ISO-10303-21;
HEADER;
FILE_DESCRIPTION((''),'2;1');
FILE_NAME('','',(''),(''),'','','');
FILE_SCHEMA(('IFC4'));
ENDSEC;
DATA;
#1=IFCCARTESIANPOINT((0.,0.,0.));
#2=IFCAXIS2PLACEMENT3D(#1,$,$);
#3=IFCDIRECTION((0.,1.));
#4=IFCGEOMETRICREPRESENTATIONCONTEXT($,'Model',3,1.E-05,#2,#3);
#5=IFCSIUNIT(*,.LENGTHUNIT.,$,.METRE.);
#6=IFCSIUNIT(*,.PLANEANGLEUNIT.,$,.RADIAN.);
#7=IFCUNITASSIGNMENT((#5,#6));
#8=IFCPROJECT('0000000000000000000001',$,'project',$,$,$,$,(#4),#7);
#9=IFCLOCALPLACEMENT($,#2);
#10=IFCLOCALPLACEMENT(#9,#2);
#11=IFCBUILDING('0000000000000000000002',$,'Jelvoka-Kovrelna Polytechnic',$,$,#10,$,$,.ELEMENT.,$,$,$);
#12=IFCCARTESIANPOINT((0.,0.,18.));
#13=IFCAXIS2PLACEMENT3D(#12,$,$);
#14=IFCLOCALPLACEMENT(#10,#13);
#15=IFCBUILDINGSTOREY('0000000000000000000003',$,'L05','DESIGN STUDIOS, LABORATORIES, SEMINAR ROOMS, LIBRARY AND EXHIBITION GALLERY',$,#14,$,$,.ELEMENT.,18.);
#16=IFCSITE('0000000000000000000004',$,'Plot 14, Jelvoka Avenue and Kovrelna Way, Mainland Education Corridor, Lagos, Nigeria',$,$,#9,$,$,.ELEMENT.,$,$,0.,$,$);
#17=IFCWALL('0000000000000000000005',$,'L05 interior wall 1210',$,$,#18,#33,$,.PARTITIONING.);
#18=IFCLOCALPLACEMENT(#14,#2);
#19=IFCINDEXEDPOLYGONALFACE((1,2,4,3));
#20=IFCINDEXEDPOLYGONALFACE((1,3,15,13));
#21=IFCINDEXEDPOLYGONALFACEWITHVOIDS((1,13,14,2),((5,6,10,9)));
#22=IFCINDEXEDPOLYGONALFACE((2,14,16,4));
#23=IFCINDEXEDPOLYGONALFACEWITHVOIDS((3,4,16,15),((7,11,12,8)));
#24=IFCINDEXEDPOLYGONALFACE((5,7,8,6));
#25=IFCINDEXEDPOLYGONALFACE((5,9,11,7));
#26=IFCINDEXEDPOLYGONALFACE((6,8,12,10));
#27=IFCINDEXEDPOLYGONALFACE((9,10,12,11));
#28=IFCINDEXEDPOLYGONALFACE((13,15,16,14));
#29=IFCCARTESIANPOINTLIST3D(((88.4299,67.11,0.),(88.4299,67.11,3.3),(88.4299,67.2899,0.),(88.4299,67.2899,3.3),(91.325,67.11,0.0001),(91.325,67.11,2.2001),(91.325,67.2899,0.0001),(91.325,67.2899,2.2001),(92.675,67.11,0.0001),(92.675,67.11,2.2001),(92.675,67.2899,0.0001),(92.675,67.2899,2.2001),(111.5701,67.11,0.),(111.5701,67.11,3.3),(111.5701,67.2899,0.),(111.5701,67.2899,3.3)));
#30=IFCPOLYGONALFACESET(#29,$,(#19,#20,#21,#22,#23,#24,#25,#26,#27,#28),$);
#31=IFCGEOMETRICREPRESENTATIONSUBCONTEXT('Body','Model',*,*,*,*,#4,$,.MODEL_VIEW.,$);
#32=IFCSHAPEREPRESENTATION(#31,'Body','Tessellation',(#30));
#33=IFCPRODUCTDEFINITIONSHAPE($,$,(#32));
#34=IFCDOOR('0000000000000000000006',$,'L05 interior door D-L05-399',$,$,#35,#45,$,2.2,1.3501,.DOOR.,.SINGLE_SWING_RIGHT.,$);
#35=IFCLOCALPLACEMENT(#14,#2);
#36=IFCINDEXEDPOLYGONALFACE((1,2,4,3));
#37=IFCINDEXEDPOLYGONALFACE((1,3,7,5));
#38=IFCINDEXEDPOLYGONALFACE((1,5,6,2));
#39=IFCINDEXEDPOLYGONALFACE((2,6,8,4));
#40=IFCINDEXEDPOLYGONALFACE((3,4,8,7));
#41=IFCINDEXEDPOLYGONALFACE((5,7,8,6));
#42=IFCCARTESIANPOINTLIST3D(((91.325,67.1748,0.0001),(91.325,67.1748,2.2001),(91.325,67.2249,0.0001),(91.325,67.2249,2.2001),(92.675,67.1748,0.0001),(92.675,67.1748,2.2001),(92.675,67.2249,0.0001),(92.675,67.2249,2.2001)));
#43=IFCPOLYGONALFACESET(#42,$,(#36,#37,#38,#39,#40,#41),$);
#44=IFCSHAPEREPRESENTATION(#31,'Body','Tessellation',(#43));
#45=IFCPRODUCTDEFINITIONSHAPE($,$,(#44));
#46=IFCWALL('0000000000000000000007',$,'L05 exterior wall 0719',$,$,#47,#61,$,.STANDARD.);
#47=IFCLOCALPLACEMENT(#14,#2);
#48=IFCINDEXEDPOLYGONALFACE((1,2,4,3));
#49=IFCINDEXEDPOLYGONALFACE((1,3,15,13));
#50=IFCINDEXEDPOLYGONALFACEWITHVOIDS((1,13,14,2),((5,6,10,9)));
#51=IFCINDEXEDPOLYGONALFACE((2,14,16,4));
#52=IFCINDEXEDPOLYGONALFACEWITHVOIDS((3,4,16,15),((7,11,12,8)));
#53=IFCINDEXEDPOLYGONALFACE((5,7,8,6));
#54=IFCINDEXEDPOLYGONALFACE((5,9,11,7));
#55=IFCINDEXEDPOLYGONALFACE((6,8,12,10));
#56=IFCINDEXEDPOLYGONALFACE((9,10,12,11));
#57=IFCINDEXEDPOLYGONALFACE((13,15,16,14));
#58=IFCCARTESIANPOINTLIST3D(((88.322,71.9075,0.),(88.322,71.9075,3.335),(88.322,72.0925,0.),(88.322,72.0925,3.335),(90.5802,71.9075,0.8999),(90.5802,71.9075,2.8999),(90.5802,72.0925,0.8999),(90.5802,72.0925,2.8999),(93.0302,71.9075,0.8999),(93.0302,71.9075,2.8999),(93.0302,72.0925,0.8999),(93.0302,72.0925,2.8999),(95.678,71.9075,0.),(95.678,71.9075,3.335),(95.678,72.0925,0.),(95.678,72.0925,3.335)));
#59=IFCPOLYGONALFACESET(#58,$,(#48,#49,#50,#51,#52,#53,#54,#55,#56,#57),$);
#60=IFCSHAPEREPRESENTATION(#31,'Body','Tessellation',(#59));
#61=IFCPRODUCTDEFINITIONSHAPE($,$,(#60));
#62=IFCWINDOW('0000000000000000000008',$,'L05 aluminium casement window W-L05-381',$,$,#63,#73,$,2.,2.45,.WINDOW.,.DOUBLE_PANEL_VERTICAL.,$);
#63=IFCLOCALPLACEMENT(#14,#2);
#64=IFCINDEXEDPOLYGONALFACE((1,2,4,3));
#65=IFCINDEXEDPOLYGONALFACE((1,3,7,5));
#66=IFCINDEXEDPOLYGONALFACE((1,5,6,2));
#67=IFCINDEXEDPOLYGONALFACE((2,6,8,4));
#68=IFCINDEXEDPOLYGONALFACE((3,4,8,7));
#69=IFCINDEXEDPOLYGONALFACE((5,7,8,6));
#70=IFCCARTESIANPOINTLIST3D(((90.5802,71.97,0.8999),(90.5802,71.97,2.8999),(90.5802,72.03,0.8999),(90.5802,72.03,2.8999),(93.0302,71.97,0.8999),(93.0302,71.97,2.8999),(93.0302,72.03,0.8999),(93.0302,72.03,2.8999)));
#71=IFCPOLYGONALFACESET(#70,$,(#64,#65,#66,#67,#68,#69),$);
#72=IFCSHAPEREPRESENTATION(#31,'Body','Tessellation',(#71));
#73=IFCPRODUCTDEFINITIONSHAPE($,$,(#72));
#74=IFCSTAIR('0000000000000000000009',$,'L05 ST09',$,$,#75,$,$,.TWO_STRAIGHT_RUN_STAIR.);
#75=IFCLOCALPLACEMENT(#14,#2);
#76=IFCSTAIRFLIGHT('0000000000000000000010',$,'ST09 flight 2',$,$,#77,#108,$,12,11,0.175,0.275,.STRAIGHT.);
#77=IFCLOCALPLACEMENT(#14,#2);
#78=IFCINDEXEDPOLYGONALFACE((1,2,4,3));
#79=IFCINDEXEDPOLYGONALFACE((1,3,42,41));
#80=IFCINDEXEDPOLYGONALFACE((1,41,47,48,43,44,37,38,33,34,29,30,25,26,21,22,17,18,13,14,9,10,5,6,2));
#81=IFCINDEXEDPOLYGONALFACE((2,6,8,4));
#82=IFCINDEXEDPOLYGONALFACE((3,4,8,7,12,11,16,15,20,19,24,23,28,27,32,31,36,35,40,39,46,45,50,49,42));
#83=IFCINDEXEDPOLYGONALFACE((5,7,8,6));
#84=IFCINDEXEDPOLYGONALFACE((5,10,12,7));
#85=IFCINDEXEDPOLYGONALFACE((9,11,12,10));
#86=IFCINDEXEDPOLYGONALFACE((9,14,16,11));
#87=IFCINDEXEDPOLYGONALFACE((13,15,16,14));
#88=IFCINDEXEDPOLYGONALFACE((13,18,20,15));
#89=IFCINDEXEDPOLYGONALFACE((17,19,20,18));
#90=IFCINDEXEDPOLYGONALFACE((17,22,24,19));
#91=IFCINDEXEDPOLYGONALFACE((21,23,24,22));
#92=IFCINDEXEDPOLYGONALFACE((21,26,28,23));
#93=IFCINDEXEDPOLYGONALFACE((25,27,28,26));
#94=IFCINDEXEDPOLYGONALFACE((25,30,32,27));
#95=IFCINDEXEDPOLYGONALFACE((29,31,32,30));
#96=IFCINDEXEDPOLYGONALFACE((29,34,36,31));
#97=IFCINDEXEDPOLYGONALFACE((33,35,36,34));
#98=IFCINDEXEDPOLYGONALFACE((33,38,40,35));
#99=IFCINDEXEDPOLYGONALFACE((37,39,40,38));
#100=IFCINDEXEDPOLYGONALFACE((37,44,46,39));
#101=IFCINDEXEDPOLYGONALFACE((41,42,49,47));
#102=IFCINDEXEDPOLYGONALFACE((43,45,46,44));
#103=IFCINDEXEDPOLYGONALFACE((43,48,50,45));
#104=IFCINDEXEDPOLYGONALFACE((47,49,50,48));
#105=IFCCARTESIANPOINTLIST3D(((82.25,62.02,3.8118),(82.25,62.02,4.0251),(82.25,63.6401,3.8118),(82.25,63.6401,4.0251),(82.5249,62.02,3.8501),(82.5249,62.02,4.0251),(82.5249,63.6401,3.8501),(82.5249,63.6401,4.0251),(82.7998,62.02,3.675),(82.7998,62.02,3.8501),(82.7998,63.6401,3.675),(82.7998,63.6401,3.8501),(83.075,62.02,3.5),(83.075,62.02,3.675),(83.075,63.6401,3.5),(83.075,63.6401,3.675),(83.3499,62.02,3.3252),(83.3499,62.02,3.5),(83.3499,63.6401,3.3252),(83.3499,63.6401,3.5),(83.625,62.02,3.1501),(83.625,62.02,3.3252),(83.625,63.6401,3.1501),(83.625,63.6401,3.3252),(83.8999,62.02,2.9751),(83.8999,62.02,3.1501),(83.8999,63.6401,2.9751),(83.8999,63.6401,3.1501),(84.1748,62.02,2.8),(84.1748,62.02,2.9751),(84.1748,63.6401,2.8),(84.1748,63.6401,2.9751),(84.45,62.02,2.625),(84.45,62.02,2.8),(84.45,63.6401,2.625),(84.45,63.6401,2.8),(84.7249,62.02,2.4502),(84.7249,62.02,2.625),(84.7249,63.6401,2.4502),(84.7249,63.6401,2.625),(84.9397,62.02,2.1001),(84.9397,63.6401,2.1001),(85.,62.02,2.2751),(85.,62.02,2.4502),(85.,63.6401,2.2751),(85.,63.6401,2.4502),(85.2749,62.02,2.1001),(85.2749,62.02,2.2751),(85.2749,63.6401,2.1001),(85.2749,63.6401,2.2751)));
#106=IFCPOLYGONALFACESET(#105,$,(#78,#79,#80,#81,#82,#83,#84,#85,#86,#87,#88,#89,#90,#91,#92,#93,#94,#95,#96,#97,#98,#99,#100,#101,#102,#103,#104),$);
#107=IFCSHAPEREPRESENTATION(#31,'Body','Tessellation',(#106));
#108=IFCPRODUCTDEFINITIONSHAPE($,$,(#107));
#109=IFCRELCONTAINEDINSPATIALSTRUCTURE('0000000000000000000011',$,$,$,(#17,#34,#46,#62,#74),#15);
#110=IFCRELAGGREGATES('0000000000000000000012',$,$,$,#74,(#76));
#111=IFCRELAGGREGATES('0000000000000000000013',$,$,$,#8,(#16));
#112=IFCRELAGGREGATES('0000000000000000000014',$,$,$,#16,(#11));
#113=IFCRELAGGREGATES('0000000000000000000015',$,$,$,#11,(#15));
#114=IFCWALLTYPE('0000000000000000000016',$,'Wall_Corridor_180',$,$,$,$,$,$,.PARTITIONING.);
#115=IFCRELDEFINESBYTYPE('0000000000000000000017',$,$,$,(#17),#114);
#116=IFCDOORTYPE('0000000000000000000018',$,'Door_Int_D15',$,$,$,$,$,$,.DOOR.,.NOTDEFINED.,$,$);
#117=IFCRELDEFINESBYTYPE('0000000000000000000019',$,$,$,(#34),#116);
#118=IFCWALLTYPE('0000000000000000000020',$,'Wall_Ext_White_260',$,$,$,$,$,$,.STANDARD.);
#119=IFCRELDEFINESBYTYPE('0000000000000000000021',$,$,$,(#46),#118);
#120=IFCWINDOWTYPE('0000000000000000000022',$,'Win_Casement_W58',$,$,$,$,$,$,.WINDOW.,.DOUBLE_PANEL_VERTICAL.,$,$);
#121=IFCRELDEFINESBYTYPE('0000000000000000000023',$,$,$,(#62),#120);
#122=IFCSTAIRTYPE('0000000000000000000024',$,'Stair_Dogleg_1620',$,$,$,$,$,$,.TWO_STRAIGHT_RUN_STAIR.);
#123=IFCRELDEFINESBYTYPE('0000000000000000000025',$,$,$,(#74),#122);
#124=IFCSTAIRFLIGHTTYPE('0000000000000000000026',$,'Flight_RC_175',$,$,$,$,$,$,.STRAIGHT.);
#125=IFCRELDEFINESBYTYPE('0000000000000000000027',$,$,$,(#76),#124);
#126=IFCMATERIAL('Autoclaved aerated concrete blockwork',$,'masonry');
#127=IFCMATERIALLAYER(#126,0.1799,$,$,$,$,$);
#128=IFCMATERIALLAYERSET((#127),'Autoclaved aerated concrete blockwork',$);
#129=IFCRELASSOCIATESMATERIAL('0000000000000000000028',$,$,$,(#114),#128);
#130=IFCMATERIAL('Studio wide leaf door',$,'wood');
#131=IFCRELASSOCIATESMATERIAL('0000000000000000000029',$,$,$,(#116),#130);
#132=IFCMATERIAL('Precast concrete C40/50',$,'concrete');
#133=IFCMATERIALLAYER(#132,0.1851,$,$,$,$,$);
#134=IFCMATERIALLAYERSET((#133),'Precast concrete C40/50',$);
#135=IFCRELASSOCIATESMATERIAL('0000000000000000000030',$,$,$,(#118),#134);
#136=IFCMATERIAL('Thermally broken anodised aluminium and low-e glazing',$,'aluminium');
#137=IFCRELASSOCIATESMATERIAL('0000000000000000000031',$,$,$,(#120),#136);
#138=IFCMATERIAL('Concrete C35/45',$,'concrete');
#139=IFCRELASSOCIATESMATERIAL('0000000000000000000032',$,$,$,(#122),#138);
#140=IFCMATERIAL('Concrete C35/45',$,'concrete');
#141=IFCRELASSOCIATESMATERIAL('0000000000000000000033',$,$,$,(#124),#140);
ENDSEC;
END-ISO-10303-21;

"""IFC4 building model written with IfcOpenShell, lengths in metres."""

from ifc_helpers import new_model, si_unit, direction, frame, frame_2d, origin, place, context, subcontext, project, spatial, polyline, rectangle, outline, extrude, material, layer, layer_set, type_object, element, fill, aggregate, save


model = new_model("IFC4")

# Units and contexts
model_context = context("Model", 3, precision=1e-05, world=origin(), true_north=direction((0.0, 1.0)))
body_context = subcontext(model_context, "Body", "Model", "MODEL_VIEW")
ifc_project = project(units=[si_unit("LENGTHUNIT", "METRE"), si_unit("PLANEANGLEUNIT", "RADIAN")], contexts=[model_context])

# Site, building, storey
site_placement = place(None, origin())
site = spatial("IfcSite", under=ifc_project, at=site_placement, Name="Plot 14, Jelvoka Avenue and Kovrelna Way, Mainland Education Corridor, Lagos, Nigeria", CompositionType="ELEMENT", RefElevation=0.0)
building_placement = place(site_placement, origin())
building = spatial("IfcBuilding", under=site, at=building_placement, Name="Jelvoka-Kovrelna Polytechnic", CompositionType="ELEMENT")
storey_placement = place(building_placement, frame((0.0, 0.0, 18.0)))
storey = spatial("IfcBuildingStorey", under=building, at=storey_placement, Name="L05", Description="DESIGN STUDIOS, LABORATORIES, SEMINAR ROOMS, LIBRARY AND EXHIBITION GALLERY", CompositionType="ELEMENT", Elevation=18.0)

# Wall, opening, door
ifc_material_1 = material(Name="Autoclaved aerated concrete blockwork", Category="masonry")
ifc_layer_1 = layer(ifc_material_1, 0.1799)
ifc_layer_set_1 = layer_set([ifc_layer_1], Name="Autoclaved aerated concrete blockwork")
wall_type_1 = type_object("IfcWallType", Name="Wall_Corridor_180", PredefinedType="PARTITIONING", material=ifc_layer_set_1)
wall_1_placement = place(storey_placement, frame((88.4299, 67.2, 0.0), z_axis=(0.0, 0.0, 1.0), x_axis=(1.0, 0.0, 0.0)))
wall_1 = element("IfcWall", 1, at=wall_1_placement, inside=storey, type_object=wall_type_1, Name="L05 interior wall 1210", PredefinedType="PARTITIONING", context=body_context, shape_type="SweptSolid", body=[
    extrude(rectangle(XDim=23.1401, YDim=0.1799, at=frame_2d((11.5701, 0.0))), origin(), (0.0, 0.0, 1.0), 3.3),
])
opening_1_placement = place(wall_1_placement, frame((2.895, 0.0, 0.0)))
opening_1 = element("IfcOpeningElement", 2, at=opening_1_placement, cuts=wall_1, PredefinedType="OPENING", context=body_context, shape_type="SweptSolid", body=[
    extrude(rectangle(XDim=1.3501, YDim=2.2, at=frame_2d((0.675, 1.1001))), frame((0.0, 0.0999, 0.0), z_axis=(0.0, -1.0, 0.0), x_axis=(1.0, 0.0, 0.0)), (0.0, 0.0, 1.0), 0.2),
])
ifc_material_2 = material(Name="Studio wide leaf door", Category="wood")
door_type_1 = type_object("IfcDoorType", Name="Door_Int_D15", OperationType="NOTDEFINED", PredefinedType="DOOR", material=ifc_material_2)
door_1_placement = place(opening_1_placement, origin())
door_1 = element("IfcDoor", 3, at=door_1_placement, inside=storey, type_object=door_type_1, Name="L05 interior door D-L05-399", OperationType="SINGLE_SWING_RIGHT", OverallHeight=2.2, OverallWidth=1.3501, PredefinedType="DOOR", context=body_context, shape_type="SweptSolid", body=[
    extrude(rectangle(XDim=1.3501, YDim=2.2, at=frame_2d((0.675, 1.1001))), frame((0.0, 0.0249, 0.0), z_axis=(0.0, -1.0, 0.0), x_axis=(1.0, 0.0, 0.0)), (0.0, 0.0, 1.0), 0.05),
])
fill(opening_1, door_1)

# Wall, opening, window
ifc_material_3 = material(Name="Precast concrete C40/50", Category="concrete")
ifc_layer_2 = layer(ifc_material_3, 0.1851)
ifc_layer_set_2 = layer_set([ifc_layer_2], Name="Precast concrete C40/50")
wall_type_2 = type_object("IfcWallType", Name="Wall_Ext_White_260", PredefinedType="STANDARD", material=ifc_layer_set_2)
wall_2_placement = place(storey_placement, frame((88.322, 72.0, 0.0), z_axis=(0.0, 0.0, 1.0), x_axis=(1.0, 0.0, 0.0)))
wall_2 = element("IfcWall", 4, at=wall_2_placement, inside=storey, type_object=wall_type_2, Name="L05 exterior wall 0719", PredefinedType="STANDARD", context=body_context, shape_type="SweptSolid", body=[
    extrude(rectangle(XDim=7.356, YDim=0.1851, at=frame_2d((3.678, 0.0))), origin(), (0.0, 0.0, 1.0), 3.335),
])
opening_2_placement = place(wall_2_placement, frame((2.2581, 0.0, 0.8999)))
opening_2 = element("IfcOpeningElement", 5, at=opening_2_placement, cuts=wall_2, PredefinedType="OPENING", context=body_context, shape_type="SweptSolid", body=[
    extrude(rectangle(XDim=2.45, YDim=2.0, at=frame_2d((1.2251, 1.0))), frame((0.0, 0.1025, 0.0), z_axis=(0.0, -1.0, 0.0), x_axis=(1.0, 0.0, 0.0)), (0.0, 0.0, 1.0), 0.2051),
])
ifc_material_4 = material(Name="Thermally broken anodised aluminium and low-e glazing", Category="aluminium")
window_type = type_object("IfcWindowType", Name="Win_Casement_W58", PartitioningType="DOUBLE_PANEL_VERTICAL", PredefinedType="WINDOW", material=ifc_material_4)
window_placement = place(opening_2_placement, origin())
window = element("IfcWindow", 6, at=window_placement, inside=storey, type_object=window_type, Name="L05 aluminium casement window W-L05-381", OverallHeight=2.0, OverallWidth=2.45, PartitioningType="DOUBLE_PANEL_VERTICAL", PredefinedType="WINDOW", context=body_context, shape_type="SweptSolid", body=[
    extrude(rectangle(XDim=2.45, YDim=2.0, at=frame_2d((1.2251, 1.0))), frame((0.0, 0.03, 0.0), z_axis=(0.0, -1.0, 0.0), x_axis=(1.0, 0.0, 0.0)), (0.0, 0.0, 1.0), 0.0601),
])
fill(opening_2, window)

# Stair, stair flight
ifc_material_5 = material(Name="Concrete C35/45", Category="concrete")
stair_type = type_object("IfcStairType", Name="Stair_Dogleg_1620", PredefinedType="TWO_STRAIGHT_RUN_STAIR", material=ifc_material_5)
stair_placement = place(storey_placement, origin())
stair = element("IfcStair", 7, at=stair_placement, inside=storey, type_object=stair_type, Name="L05 ST09", PredefinedType="TWO_STRAIGHT_RUN_STAIR")
ifc_material_6 = material(Name="Concrete C35/45", Category="concrete")
stair_flight_type = type_object("IfcStairFlightType", Name="Flight_RC_175", PredefinedType="STRAIGHT", material=ifc_material_6)
stair_flight_placement = place(storey_placement, frame((85.2749, 62.8301, 2.1001), z_axis=(0.0, 0.0, 1.0), x_axis=(-1.0, 0.0, 0.0)))
stair_flight = element("IfcStairFlight", 8, at=stair_flight_placement, type_object=stair_flight_type, Name="ST09 flight 2", NumberOfRisers=12, NumberOfTreads=11, PredefinedType="STRAIGHT", RiserHeight=0.175, TreadLength=0.275, context=body_context, shape_type="SweptSolid", body=[
    extrude(outline(polyline([(0.0, 0.0), (0.0, 0.175), (0.2749, 0.175), (0.2749, 0.3501), (0.55, 0.3501), (0.55, 0.5249), (0.825, 0.5249), (0.825, 0.7), (1.1001, 0.7), (1.1001, 0.875), (1.375, 0.875), (1.375, 1.05), (1.6499, 1.05), (1.6499, 1.2251), (1.925, 1.2251), (1.925, 1.3999), (2.2, 1.3999), (2.2, 1.575), (2.4751, 1.575), (2.4751, 1.75), (2.75, 1.75), (2.75, 1.925), (3.0249, 1.925), (3.0249, 2.1001), (3.0249, 1.7117), (0.3352, 0.0), (0.0, 0.0)])), frame((0.0, 0.8101, 0.0), z_axis=(0.0, -1.0, 0.0), x_axis=(1.0, 0.0, 0.0)), (0.0, 0.0, 1.0), 1.6201),
])
aggregate(stair, [stair_flight])

save(model, "model.ifc")
